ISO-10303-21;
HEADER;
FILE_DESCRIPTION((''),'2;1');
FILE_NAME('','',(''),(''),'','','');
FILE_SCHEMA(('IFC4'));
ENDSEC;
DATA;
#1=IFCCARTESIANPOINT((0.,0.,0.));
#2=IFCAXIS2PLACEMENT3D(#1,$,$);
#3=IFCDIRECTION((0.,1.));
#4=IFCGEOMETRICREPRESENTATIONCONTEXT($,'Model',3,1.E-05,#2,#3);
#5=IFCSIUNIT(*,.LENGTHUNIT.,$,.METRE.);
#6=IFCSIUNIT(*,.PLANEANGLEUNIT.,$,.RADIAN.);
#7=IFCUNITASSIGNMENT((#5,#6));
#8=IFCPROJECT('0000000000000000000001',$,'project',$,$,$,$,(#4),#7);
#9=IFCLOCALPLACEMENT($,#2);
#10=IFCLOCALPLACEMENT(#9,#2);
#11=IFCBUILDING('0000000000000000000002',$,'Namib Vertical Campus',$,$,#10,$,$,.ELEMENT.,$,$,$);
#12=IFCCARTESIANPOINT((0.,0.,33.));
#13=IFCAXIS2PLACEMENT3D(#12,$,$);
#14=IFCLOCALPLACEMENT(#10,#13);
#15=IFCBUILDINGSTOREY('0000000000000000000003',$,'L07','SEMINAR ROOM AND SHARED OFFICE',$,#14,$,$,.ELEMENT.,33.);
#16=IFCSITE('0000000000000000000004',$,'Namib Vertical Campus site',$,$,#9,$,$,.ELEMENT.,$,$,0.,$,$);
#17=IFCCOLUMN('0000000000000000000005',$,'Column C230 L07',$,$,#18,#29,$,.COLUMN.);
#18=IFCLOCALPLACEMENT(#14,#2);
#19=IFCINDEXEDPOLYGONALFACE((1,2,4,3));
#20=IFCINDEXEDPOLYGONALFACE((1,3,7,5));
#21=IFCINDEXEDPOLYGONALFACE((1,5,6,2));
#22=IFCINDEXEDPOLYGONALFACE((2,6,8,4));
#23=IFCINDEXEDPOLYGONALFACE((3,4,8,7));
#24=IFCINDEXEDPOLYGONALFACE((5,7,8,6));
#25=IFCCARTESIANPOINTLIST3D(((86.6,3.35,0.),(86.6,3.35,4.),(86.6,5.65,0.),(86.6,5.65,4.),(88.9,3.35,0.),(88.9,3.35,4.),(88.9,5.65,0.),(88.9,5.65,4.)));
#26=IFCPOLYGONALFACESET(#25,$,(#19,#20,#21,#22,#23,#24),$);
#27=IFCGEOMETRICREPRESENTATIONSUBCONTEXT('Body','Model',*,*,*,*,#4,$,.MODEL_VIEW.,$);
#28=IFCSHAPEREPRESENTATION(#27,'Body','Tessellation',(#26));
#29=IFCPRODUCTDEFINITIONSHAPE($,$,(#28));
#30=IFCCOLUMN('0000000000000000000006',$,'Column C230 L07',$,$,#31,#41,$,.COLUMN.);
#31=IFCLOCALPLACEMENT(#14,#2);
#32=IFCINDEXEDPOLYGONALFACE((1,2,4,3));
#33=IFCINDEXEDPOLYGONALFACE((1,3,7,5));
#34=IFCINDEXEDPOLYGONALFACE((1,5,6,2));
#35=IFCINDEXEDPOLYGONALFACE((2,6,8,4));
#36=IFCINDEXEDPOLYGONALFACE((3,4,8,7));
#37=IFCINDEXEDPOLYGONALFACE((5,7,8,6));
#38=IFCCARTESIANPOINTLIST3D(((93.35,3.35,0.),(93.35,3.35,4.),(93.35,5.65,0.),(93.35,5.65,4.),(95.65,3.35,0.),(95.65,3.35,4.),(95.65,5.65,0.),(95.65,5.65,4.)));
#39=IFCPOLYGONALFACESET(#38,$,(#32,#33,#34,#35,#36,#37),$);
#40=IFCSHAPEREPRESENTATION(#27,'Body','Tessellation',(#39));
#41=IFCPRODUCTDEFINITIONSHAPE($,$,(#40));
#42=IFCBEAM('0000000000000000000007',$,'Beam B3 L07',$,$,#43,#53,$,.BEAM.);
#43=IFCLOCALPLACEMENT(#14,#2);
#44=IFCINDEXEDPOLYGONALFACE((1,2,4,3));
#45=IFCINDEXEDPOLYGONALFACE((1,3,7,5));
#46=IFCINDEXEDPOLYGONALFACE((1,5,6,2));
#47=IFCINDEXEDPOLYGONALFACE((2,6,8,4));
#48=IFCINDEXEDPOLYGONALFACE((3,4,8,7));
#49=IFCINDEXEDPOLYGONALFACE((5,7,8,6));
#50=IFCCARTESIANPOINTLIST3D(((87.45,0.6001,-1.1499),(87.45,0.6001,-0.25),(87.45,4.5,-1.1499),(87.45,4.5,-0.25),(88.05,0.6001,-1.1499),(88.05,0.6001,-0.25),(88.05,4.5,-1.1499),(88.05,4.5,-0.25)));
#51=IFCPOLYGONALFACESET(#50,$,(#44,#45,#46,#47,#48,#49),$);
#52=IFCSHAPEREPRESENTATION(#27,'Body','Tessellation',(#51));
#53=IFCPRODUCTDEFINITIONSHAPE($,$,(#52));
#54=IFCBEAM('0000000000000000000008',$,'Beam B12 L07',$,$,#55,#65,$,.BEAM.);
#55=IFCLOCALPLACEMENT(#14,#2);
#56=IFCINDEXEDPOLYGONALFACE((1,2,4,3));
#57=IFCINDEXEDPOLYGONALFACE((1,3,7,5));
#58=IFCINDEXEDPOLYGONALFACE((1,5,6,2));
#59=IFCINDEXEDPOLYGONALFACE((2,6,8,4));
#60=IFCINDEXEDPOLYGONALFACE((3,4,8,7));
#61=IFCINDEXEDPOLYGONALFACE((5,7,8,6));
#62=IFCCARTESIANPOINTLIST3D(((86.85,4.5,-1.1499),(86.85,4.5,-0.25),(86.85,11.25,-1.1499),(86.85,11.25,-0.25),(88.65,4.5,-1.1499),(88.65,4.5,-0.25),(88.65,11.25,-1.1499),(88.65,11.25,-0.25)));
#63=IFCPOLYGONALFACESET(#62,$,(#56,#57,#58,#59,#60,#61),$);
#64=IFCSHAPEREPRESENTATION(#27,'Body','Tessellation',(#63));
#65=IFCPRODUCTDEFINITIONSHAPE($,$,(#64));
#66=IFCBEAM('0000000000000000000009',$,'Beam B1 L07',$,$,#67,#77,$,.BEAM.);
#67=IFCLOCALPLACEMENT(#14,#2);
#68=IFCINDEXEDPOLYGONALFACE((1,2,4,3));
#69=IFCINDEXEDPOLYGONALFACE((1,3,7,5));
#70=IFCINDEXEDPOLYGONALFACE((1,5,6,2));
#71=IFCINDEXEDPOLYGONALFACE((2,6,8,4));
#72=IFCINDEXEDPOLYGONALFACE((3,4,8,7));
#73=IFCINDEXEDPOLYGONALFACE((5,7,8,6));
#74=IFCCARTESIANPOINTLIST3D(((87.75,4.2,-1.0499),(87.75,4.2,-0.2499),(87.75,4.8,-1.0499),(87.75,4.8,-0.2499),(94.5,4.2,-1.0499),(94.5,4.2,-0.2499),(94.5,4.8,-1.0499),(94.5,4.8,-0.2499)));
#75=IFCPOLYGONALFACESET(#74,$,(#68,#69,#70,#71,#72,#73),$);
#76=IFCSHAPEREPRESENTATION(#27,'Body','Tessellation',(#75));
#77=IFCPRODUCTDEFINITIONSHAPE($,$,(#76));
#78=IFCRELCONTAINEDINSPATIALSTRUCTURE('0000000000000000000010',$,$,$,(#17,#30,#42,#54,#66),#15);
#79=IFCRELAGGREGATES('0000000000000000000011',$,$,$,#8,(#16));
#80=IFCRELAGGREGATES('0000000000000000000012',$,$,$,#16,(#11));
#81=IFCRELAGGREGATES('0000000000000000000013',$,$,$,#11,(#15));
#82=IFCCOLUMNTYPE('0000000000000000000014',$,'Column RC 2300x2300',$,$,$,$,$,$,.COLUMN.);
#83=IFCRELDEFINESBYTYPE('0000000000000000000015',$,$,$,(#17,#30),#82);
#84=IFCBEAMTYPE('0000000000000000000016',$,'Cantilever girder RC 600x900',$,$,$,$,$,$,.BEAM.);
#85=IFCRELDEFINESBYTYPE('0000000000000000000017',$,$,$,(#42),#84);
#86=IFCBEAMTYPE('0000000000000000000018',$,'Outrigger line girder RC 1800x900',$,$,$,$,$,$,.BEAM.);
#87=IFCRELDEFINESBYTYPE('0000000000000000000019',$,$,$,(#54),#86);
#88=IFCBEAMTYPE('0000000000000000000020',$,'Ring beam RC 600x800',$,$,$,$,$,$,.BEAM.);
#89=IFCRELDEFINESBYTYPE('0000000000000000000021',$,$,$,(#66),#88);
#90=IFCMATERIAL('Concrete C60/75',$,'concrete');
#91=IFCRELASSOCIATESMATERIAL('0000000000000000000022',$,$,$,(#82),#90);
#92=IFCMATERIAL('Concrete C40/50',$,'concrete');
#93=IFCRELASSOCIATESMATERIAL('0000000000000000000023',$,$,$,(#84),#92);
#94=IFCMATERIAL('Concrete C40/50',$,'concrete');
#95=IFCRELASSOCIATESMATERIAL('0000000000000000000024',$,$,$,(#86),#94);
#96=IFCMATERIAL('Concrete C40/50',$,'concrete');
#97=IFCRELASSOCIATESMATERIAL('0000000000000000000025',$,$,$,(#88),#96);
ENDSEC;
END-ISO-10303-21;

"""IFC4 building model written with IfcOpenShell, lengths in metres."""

from ifc_helpers import new_model, si_unit, direction, frame, origin, origin_2d, place, context, subcontext, project, spatial, rectangle, extrude, material, material_profile, profile_set, type_object, element, save


model = new_model("IFC4")

# Units and contexts
model_context = context("Model", 3, precision=1e-05, world=origin(), true_north=direction((0.0, 1.0)))
body_context = subcontext(model_context, "Body", "Model", "MODEL_VIEW")
ifc_project = project(units=[si_unit("LENGTHUNIT", "METRE"), si_unit("PLANEANGLEUNIT", "RADIAN")], contexts=[model_context])

# Site, building, storey
site_placement = place(None, origin())
site = spatial("IfcSite", under=ifc_project, at=site_placement, Name="Namib Vertical Campus site", CompositionType="ELEMENT", RefElevation=0.0)
building_placement = place(site_placement, origin())
building = spatial("IfcBuilding", under=site, at=building_placement, Name="Namib Vertical Campus", CompositionType="ELEMENT")
storey_placement = place(building_placement, frame((0.0, 0.0, 33.0)))
storey = spatial("IfcBuildingStorey", under=building, at=storey_placement, Name="L07", Description="SEMINAR ROOM AND SHARED OFFICE", CompositionType="ELEMENT", Elevation=33.0)

# Columns
ifc_material_1 = material(Name="Concrete C60/75", Category="concrete")
ifc_material_profile_1 = material_profile(ifc_material_1, rectangle(XDim=2.3, YDim=2.3, at=origin_2d()))
ifc_profile_set_1 = profile_set([ifc_material_profile_1], Name="Concrete C60/75")
column_type = type_object("IfcColumnType", Name="Column RC 2300x2300", PredefinedType="COLUMN", material=ifc_profile_set_1)
for number, where, z_axis, x_axis, name in (
    (1, (87.75, 4.5, 0.0), (0.0, 0.0, 1.0), (1.0, 0.0, 0.0), "Column C230 L07"),
    (2, (94.5, 4.5, 0.0), (0.0, 0.0, 1.0), (1.0, 0.0, 0.0), "Column C230 L07"),
):
    element("IfcColumn", number, at=place(storey_placement, frame(where, z_axis=z_axis, x_axis=x_axis)), inside=storey, type_object=column_type, Name=name, PredefinedType="COLUMN", context=body_context, shape_type="SweptSolid", body=[
        extrude(rectangle(XDim=2.3, YDim=2.3, at=origin_2d()), origin(), (0.0, 0.0, 1.0), 4.0),
    ])

# Beams
ifc_material_2 = material(Name="Concrete C40/50", Category="concrete")
ifc_material_profile_2 = material_profile(ifc_material_2, rectangle(XDim=0.6001, YDim=0.8999, at=origin_2d()))
ifc_profile_set_2 = profile_set([ifc_material_profile_2], Name="Concrete C40/50")
beam_type_1 = type_object("IfcBeamType", Name="Cantilever girder RC 600x900", PredefinedType="BEAM", material=ifc_profile_set_2)
beam_1_placement = place(storey_placement, frame((87.75, 4.5, -0.7), z_axis=(0.0, -1.0, 0.0), x_axis=(1.0, 0.0, 0.0)))
element("IfcBeam", 3, at=beam_1_placement, inside=storey, type_object=beam_type_1, Name="Beam B3 L07", PredefinedType="BEAM", context=body_context, shape_type="SweptSolid", body=[
    extrude(rectangle(XDim=0.6001, YDim=0.8999, at=origin_2d()), origin(), (0.0, 0.0, 1.0), 3.8999),
])
ifc_material_3 = material(Name="Concrete C40/50", Category="concrete")
ifc_material_profile_3 = material_profile(ifc_material_3, rectangle(XDim=1.8, YDim=0.8999, at=origin_2d()))
ifc_profile_set_3 = profile_set([ifc_material_profile_3], Name="Concrete C40/50")
beam_type_2 = type_object("IfcBeamType", Name="Outrigger line girder RC 1800x900", PredefinedType="BEAM", material=ifc_profile_set_3)
beam_2_placement = place(storey_placement, frame((87.75, 4.5, -0.7), z_axis=(0.0, 1.0, 0.0), x_axis=(-1.0, 0.0, 0.0)))
element("IfcBeam", 4, at=beam_2_placement, inside=storey, type_object=beam_type_2, Name="Beam B12 L07", PredefinedType="BEAM", context=body_context, shape_type="SweptSolid", body=[
    extrude(rectangle(XDim=1.8, YDim=0.8999, at=origin_2d()), origin(), (0.0, 0.0, 1.0), 6.75),
])
ifc_material_4 = material(Name="Concrete C40/50", Category="concrete")
ifc_material_profile_4 = material_profile(ifc_material_4, rectangle(XDim=0.6001, YDim=0.8, at=origin_2d()))
ifc_profile_set_4 = profile_set([ifc_material_profile_4], Name="Concrete C40/50")
beam_type_3 = type_object("IfcBeamType", Name="Ring beam RC 600x800", PredefinedType="BEAM", material=ifc_profile_set_4)
beam_3_placement = place(storey_placement, frame((87.75, 4.5, -0.6499), z_axis=(1.0, 0.0, 0.0), x_axis=(0.0, 1.0, 0.0)))
element("IfcBeam", 5, at=beam_3_placement, inside=storey, type_object=beam_type_3, Name="Beam B1 L07", PredefinedType="BEAM", context=body_context, shape_type="SweptSolid", body=[
    extrude(rectangle(XDim=0.6001, YDim=0.8, at=origin_2d()), origin(), (0.0, 0.0, 1.0), 6.75),
])

save(model, "model.ifc")
